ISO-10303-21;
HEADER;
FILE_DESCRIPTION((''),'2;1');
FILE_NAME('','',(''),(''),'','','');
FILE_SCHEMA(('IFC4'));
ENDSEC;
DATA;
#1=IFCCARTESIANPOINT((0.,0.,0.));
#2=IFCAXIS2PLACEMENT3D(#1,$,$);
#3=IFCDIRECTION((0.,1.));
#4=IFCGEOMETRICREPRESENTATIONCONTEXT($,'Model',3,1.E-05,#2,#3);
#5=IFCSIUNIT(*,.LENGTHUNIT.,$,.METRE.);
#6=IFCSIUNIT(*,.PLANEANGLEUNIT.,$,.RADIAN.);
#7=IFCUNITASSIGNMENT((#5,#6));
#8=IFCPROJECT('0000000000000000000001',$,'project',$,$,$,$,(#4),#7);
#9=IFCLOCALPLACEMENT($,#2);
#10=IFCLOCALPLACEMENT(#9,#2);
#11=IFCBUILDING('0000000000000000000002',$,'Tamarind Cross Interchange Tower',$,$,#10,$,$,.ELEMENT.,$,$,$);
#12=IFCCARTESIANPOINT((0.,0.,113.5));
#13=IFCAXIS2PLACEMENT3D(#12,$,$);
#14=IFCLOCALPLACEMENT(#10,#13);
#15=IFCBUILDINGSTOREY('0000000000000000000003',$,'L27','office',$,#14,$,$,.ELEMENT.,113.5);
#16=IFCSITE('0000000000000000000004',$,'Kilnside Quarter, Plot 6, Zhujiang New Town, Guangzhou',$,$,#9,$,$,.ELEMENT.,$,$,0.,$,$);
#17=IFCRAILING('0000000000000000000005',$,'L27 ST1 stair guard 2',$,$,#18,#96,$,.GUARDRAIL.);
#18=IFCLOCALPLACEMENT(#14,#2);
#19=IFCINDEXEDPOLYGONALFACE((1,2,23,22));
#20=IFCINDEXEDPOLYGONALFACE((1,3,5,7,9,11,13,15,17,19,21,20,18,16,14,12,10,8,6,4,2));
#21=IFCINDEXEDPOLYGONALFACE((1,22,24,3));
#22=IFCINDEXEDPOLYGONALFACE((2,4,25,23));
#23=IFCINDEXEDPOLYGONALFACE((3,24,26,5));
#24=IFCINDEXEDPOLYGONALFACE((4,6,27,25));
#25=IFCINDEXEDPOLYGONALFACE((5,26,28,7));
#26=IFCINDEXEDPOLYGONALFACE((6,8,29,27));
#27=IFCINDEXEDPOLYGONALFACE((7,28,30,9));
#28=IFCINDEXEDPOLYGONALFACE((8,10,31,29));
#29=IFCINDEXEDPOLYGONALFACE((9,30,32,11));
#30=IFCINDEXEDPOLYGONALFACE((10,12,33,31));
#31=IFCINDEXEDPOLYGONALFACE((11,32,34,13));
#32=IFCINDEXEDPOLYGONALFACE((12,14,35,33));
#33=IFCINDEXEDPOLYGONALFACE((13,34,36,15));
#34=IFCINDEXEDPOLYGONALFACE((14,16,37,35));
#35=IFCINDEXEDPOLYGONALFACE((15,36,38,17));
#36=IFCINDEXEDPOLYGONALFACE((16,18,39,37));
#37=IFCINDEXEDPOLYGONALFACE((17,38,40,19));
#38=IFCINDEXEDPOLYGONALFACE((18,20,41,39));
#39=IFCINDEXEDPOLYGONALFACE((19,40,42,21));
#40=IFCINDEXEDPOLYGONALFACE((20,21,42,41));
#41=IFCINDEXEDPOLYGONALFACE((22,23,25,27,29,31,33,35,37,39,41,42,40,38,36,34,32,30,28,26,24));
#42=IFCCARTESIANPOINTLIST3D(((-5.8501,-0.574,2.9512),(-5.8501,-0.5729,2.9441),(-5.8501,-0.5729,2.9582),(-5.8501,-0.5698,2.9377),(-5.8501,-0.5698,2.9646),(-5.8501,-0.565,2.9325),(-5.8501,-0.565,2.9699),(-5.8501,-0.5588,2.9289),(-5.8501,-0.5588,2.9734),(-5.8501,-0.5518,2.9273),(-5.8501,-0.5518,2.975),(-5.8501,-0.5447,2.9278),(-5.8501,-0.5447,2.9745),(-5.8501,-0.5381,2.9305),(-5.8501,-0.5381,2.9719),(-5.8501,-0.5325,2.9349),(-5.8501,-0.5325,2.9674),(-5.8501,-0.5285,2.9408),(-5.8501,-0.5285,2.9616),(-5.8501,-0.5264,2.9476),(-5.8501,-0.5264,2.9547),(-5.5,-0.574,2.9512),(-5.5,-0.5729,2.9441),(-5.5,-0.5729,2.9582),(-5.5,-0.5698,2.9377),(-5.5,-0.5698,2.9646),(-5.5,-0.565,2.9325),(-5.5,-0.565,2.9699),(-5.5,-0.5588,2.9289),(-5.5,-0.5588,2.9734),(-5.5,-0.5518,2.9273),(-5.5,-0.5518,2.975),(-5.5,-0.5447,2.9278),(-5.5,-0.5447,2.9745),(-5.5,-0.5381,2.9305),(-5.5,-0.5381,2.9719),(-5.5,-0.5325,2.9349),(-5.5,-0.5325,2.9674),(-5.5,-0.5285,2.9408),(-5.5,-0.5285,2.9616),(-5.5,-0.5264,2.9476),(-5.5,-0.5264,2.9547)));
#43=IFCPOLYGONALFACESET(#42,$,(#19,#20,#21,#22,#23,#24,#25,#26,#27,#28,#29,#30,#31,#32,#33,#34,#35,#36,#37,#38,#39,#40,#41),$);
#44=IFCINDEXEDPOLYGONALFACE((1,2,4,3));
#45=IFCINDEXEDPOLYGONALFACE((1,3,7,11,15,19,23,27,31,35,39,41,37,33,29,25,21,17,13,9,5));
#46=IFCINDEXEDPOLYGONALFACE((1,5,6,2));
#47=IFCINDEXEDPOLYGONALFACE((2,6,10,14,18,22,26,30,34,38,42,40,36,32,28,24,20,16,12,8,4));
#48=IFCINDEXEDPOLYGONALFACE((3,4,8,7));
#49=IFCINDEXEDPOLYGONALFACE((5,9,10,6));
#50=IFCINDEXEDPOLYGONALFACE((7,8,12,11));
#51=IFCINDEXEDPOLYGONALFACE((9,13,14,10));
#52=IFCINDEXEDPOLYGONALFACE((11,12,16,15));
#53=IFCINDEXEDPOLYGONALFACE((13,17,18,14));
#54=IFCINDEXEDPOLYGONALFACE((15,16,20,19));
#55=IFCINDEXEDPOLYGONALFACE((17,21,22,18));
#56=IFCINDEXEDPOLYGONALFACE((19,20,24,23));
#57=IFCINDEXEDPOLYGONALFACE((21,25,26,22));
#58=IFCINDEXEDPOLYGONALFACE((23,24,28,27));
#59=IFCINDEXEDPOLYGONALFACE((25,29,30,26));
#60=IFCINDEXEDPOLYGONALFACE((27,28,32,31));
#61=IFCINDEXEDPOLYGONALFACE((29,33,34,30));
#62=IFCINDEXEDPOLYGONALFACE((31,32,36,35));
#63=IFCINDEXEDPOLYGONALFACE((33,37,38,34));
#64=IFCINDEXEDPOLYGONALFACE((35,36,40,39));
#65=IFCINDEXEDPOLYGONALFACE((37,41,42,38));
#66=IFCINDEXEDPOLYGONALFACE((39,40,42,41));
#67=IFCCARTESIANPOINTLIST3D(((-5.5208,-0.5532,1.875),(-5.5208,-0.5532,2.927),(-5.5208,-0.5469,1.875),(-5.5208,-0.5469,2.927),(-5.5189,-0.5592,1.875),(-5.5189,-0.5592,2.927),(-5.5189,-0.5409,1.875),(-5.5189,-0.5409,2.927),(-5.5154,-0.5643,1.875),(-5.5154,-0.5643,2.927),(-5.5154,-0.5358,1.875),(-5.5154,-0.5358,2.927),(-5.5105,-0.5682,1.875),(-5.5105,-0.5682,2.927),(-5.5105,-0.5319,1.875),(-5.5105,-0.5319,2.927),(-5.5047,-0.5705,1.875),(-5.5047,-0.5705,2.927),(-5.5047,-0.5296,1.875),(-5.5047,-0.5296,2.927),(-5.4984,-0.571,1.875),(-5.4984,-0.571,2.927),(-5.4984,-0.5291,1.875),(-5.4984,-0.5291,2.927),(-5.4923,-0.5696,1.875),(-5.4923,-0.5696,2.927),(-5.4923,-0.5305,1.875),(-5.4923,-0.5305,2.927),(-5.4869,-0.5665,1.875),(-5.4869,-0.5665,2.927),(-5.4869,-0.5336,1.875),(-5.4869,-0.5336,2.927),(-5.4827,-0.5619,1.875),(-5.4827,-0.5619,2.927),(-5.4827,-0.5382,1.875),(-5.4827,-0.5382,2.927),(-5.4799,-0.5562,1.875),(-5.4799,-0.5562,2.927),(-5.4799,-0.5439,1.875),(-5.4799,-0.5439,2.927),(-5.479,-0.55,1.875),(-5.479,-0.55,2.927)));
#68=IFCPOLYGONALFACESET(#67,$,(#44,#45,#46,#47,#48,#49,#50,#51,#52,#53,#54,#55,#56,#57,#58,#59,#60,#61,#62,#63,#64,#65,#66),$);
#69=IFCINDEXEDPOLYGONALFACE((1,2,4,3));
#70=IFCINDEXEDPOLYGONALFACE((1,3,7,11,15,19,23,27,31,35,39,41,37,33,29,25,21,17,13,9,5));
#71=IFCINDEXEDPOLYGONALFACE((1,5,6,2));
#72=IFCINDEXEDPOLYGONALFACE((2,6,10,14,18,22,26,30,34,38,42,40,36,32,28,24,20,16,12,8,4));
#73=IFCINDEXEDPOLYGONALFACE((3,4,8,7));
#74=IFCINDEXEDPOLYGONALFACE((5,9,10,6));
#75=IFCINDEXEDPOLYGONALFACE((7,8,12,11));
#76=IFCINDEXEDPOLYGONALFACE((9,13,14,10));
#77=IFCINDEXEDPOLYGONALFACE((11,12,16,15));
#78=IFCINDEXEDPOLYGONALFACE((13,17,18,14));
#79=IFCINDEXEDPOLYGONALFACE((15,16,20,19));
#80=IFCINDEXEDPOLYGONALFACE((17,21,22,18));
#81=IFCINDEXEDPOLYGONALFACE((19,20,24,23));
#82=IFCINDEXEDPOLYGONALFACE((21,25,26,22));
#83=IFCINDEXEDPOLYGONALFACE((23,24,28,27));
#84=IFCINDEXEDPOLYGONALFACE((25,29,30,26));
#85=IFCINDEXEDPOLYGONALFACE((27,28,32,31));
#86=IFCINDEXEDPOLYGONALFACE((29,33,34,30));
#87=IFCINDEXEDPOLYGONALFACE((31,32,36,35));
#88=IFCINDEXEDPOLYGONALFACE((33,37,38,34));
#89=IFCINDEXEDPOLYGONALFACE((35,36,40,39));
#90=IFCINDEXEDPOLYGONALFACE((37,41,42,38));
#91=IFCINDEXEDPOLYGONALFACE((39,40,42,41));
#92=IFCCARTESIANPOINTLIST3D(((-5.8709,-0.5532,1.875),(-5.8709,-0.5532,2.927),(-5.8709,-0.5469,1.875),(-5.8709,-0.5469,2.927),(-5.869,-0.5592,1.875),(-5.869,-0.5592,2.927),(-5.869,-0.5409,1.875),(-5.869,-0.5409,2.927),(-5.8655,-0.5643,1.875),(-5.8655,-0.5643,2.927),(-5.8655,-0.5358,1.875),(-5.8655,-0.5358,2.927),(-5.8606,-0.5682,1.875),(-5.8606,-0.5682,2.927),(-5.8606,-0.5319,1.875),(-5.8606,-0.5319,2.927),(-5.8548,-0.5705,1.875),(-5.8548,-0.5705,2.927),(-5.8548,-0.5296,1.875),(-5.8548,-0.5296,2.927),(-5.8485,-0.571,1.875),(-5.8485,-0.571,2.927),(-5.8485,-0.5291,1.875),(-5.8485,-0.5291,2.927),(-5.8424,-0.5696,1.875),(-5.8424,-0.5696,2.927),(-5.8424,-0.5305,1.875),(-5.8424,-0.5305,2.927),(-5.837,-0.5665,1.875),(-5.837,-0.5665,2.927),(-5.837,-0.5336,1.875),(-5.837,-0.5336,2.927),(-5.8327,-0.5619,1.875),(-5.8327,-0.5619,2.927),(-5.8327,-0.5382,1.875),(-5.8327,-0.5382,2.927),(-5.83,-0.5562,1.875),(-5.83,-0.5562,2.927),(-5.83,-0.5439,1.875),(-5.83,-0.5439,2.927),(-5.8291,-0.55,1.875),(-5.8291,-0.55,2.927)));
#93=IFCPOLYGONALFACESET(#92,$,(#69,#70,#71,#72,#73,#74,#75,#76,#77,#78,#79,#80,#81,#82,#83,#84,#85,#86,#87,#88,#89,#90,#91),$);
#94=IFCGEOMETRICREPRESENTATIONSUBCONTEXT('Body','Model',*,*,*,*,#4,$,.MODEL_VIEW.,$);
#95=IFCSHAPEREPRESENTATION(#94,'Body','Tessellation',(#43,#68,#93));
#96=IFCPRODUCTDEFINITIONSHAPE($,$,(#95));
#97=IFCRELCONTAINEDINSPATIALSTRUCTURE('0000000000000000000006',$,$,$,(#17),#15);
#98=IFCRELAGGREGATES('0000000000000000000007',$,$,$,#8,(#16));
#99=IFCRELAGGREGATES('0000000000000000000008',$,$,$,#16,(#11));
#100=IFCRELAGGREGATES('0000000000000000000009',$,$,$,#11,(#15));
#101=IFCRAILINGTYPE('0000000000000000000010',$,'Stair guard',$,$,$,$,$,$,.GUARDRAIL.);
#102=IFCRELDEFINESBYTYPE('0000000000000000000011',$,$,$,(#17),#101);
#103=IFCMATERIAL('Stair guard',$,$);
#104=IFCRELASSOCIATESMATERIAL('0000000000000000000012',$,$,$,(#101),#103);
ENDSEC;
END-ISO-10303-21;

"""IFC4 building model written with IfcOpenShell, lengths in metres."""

from ifc_helpers import new_model, si_unit, direction, frame, origin, origin_2d, place, context, subcontext, project, spatial, circle, extrude, material, type_object, element, save


model = new_model("IFC4")

# Units and contexts
model_context = context("Model", 3, precision=1e-05, world=origin(), true_north=direction((0.0, 1.0)))
body_context = subcontext(model_context, "Body", "Model", "MODEL_VIEW")
ifc_project = project(units=[si_unit("LENGTHUNIT", "METRE"), si_unit("PLANEANGLEUNIT", "RADIAN")], contexts=[model_context])

# Site, building, storey
site_placement = place(None, origin())
site = spatial("IfcSite", under=ifc_project, at=site_placement, Name="Kilnside Quarter, Plot 6, Zhujiang New Town, Guangzhou", CompositionType="ELEMENT", RefElevation=0.0)
building_placement = place(site_placement, origin())
building = spatial("IfcBuilding", under=site, at=building_placement, Name="Tamarind Cross Interchange Tower", CompositionType="ELEMENT")
storey_placement = place(building_placement, frame((0.0, 0.0, 113.5)))
storey = spatial("IfcBuildingStorey", under=building, at=storey_placement, Name="L27", Description="office", CompositionType="ELEMENT", Elevation=113.5)

# Railing
ifc_material_1 = material(Name="Stair guard")
railing_type_1 = type_object("IfcRailingType", Name="Stair guard", PredefinedType="GUARDRAIL", material=ifc_material_1)
railing_1_placement = place(storey_placement, frame((-5.5, -0.55, 1.875)))
element("IfcRailing", 1, at=railing_1_placement, inside=storey, type_object=railing_type_1, Name="L27 ST1 stair guard 2", PredefinedType="GUARDRAIL", context=body_context, shape_type="SweptSolid", body=[
    extrude(circle(Radius=0.0239, at=origin_2d()), frame((0.0, 0.0, 1.0762), z_axis=(-1.0, 0.0, 0.0), x_axis=(0.0, -1.0, 0.0)), (0.0, 0.0, 1.0), 0.3501),
    extrude(circle(Radius=0.021, at=origin_2d()), origin(), (0.0, 0.0, 1.0), 1.052),
    extrude(circle(Radius=0.021, at=origin_2d()), frame((-0.3501, 0.0, 0.0)), (0.0, 0.0, 1.0), 1.052),
])

save(model, "model.ifc")
